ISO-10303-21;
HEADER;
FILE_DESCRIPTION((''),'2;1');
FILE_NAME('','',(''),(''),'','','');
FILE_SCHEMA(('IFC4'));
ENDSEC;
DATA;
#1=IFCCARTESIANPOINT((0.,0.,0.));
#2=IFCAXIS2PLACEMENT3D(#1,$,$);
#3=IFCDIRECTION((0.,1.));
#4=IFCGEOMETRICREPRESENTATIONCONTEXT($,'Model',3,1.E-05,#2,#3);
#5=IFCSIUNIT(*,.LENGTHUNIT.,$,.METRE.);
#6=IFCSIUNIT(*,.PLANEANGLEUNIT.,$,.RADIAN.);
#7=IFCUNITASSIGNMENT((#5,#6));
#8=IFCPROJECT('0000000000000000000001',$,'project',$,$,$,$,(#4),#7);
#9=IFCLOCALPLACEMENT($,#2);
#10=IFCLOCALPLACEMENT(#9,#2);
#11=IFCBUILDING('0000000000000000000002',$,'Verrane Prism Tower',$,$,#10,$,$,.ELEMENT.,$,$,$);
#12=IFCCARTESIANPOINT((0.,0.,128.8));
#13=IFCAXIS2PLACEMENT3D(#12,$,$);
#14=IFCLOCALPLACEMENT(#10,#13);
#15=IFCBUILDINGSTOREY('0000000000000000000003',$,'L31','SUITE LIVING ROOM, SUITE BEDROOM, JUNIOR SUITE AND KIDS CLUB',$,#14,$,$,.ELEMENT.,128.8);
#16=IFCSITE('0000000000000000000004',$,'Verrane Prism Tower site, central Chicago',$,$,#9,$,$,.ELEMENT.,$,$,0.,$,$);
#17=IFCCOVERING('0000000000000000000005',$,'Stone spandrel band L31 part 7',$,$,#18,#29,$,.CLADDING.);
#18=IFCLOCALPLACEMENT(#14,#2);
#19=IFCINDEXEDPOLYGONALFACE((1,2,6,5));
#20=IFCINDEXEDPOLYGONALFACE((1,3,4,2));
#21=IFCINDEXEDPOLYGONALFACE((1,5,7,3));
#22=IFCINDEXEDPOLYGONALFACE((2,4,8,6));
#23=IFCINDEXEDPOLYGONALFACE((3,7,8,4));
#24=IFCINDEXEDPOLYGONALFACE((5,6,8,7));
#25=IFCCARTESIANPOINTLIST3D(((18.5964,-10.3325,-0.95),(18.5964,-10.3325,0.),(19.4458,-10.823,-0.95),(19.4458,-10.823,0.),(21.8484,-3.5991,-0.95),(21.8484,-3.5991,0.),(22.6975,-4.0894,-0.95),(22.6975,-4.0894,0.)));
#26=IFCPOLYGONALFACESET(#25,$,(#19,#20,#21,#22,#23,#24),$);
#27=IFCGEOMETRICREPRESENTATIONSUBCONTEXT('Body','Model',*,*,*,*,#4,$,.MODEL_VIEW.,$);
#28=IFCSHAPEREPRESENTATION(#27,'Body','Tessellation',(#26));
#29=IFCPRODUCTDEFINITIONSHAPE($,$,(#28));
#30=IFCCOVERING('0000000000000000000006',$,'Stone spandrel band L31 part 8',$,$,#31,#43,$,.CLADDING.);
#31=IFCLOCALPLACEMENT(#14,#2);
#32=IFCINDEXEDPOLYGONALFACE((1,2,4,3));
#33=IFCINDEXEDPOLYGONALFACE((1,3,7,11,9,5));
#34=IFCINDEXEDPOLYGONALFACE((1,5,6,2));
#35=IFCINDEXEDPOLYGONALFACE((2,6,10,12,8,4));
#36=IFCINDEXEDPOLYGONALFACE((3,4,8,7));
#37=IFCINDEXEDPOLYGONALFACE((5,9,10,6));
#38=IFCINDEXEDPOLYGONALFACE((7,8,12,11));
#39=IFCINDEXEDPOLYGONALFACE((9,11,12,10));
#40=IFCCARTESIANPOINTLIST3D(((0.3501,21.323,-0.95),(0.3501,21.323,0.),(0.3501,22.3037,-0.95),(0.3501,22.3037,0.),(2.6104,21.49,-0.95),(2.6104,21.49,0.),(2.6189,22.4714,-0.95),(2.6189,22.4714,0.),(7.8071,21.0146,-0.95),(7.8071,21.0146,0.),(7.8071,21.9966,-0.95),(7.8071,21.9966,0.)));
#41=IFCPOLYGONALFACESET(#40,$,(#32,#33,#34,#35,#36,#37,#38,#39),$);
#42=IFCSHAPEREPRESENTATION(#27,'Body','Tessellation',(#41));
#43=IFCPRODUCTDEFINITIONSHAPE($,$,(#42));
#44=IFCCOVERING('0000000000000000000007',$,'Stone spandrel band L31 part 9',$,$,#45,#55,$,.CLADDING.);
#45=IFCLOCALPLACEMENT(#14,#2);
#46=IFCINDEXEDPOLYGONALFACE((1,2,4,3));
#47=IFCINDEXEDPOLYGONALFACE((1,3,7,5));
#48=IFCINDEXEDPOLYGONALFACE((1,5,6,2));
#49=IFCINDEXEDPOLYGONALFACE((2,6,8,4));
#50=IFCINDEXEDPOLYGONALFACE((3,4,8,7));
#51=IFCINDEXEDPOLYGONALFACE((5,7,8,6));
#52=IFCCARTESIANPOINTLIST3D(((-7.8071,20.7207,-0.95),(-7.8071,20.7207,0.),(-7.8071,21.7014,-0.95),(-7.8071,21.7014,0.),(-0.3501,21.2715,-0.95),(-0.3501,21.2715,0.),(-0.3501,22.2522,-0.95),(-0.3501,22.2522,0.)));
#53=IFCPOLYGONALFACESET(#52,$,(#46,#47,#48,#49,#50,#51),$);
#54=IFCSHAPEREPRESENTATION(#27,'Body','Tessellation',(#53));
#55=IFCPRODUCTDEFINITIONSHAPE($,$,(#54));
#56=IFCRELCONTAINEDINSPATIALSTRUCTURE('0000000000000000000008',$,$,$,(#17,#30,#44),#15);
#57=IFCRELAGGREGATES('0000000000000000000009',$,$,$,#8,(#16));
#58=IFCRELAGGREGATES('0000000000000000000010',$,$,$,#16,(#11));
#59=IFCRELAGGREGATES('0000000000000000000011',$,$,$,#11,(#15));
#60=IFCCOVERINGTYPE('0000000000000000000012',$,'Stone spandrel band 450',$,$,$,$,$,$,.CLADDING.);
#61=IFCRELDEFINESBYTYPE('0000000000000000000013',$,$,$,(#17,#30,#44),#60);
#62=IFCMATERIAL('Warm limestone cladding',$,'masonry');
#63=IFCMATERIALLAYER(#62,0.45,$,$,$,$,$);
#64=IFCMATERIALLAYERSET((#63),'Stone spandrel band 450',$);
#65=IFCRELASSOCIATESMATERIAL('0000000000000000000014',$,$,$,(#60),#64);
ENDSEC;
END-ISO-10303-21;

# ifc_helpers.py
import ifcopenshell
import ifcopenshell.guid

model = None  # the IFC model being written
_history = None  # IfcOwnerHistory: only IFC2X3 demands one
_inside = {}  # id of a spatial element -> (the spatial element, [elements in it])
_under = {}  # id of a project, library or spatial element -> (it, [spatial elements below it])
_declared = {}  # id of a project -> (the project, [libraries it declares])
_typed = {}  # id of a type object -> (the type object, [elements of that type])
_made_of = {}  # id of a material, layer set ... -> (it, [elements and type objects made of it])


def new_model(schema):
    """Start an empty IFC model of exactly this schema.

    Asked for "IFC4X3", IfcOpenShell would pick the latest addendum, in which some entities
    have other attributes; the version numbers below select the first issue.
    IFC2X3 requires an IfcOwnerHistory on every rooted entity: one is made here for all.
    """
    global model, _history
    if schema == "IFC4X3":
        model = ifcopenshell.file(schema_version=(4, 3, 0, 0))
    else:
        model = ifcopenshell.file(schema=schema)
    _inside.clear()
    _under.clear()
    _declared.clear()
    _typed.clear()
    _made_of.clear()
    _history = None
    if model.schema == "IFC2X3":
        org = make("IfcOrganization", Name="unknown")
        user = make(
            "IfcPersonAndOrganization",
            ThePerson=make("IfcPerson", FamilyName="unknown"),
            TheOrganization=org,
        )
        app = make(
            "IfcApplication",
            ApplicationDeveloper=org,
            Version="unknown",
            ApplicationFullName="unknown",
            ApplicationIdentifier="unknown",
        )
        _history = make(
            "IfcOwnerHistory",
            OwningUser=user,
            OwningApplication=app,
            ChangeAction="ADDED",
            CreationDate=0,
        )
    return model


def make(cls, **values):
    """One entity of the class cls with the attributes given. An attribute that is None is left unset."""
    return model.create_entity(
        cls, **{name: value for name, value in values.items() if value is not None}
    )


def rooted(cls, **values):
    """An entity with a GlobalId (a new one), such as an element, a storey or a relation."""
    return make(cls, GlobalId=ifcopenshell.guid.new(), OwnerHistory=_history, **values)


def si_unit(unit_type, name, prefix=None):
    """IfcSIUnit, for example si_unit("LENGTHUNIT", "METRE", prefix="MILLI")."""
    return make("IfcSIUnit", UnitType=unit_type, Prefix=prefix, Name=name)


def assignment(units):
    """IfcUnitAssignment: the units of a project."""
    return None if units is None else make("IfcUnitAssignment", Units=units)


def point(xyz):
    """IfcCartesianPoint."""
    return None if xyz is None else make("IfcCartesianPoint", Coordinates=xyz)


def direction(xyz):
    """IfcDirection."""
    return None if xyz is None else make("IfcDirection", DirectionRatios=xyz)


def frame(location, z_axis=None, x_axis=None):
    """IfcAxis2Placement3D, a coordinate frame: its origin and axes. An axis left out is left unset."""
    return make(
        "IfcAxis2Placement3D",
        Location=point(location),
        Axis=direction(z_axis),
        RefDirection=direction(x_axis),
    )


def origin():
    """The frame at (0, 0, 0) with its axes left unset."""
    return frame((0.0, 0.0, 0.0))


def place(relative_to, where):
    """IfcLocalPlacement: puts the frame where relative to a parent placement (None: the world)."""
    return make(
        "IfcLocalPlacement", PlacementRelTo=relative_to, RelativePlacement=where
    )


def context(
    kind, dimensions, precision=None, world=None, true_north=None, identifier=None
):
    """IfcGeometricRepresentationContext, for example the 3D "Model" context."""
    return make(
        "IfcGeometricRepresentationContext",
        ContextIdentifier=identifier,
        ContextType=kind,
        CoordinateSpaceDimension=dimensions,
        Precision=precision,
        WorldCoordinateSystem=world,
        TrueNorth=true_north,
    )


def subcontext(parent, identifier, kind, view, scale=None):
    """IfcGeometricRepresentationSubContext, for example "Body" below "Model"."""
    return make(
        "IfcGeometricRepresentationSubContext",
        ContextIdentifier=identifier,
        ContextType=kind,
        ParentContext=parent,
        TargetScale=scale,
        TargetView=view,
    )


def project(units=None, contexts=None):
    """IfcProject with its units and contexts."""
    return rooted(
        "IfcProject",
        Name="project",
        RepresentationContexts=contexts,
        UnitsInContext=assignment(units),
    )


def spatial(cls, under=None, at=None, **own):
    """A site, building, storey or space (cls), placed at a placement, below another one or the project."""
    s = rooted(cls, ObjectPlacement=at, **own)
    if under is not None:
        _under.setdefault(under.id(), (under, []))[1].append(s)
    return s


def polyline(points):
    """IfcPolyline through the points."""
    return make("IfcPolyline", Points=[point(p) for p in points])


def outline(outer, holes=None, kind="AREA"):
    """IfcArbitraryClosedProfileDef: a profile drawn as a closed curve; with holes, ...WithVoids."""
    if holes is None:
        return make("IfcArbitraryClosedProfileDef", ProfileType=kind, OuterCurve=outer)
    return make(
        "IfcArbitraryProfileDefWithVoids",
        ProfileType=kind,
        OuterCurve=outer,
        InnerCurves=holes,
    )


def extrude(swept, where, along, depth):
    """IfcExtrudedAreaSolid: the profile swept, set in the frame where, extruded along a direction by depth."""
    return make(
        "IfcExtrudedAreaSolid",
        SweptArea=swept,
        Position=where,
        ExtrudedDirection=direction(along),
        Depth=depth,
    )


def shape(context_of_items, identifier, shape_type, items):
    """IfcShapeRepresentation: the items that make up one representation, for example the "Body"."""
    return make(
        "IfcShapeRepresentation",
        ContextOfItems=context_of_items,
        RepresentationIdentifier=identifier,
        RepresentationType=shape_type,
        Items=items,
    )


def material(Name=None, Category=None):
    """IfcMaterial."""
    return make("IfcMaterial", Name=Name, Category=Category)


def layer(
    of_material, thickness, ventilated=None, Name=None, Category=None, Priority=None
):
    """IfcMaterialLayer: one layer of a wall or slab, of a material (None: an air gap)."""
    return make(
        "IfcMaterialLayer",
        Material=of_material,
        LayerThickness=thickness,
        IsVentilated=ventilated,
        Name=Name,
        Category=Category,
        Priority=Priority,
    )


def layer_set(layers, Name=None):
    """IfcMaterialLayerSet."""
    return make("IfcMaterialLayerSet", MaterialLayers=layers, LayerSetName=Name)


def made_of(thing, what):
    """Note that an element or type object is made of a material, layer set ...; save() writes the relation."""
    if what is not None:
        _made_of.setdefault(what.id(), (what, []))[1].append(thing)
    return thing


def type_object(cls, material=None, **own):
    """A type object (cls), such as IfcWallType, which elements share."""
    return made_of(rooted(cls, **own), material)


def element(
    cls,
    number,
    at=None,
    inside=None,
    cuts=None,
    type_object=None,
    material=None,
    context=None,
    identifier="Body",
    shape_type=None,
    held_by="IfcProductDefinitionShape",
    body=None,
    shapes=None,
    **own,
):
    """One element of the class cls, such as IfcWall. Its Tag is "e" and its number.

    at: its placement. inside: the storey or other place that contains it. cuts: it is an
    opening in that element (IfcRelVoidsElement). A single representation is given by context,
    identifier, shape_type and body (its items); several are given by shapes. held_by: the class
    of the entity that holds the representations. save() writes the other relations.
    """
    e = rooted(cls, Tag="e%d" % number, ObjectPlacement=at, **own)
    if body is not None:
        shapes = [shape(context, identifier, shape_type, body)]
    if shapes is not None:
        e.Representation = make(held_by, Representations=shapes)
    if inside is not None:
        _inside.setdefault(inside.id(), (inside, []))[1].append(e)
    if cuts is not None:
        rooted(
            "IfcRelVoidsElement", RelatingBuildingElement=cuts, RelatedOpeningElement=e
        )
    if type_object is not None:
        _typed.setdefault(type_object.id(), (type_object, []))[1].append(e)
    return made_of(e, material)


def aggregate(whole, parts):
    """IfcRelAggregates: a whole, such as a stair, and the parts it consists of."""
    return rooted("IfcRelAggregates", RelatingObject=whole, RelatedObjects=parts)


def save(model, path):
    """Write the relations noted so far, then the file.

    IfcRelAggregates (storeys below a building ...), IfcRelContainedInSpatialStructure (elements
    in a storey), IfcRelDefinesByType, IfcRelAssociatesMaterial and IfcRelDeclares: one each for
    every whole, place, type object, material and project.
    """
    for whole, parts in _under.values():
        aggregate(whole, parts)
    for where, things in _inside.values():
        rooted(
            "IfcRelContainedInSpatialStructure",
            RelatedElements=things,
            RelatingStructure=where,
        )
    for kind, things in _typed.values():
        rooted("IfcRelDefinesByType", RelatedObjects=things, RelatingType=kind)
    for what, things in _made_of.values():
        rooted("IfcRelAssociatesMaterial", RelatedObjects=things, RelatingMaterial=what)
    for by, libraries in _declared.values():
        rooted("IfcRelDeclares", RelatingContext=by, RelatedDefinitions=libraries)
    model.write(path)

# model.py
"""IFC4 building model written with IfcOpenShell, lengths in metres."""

from ifc_helpers import new_model, si_unit, direction, frame, origin, place, context, subcontext, project, spatial, polyline, outline, extrude, material, layer, layer_set, type_object, element, save


model = new_model("IFC4")

# Units and contexts
model_context = context("Model", 3, precision=1e-05, world=origin(), true_north=direction((0.0, 1.0)))
body_context = subcontext(model_context, "Body", "Model", "MODEL_VIEW")
ifc_project = project(units=[si_unit("LENGTHUNIT", "METRE"), si_unit("PLANEANGLEUNIT", "RADIAN")], contexts=[model_context])

# Site, building, storey
site_placement = place(None, origin())
site = spatial("IfcSite", under=ifc_project, at=site_placement, Name="Verrane Prism Tower site, central Chicago", CompositionType="ELEMENT", RefElevation=0.0)
building_placement = place(site_placement, origin())
building = spatial("IfcBuilding", under=site, at=building_placement, Name="Verrane Prism Tower", CompositionType="ELEMENT")
storey_placement = place(building_placement, frame((0.0, 0.0, 128.8)))
storey = spatial("IfcBuildingStorey", under=building, at=storey_placement, Name="L31", Description="SUITE LIVING ROOM, SUITE BEDROOM, JUNIOR SUITE AND KIDS CLUB", CompositionType="ELEMENT", Elevation=128.8)

# Coverings
ifc_material_1 = material(Name="Warm limestone cladding", Category="masonry")
ifc_layer_1 = layer(ifc_material_1, 0.45)
ifc_layer_set_1 = layer_set([ifc_layer_1], Name="Stone spandrel band 450")
covering_type = type_object("IfcCoveringType", Name="Stone spandrel band 450", PredefinedType="CLADDING", material=ifc_layer_set_1)
covering_1_placement = place(storey_placement, frame((0.0, 0.0, -0.95)))
element("IfcCovering", 1, at=covering_1_placement, inside=storey, type_object=covering_type, Name="Stone spandrel band L31 part 7", PredefinedType="CLADDING", context=body_context, shape_type="SweptSolid", body=[
    extrude(outline(polyline([(22.6975, -4.0894), (21.8484, -3.5991), (18.5964, -10.3325), (19.4458, -10.823), (22.6975, -4.0894)])), origin(), (0.0, 0.0, 1.0), 0.95),
])
covering_2_placement = place(storey_placement, frame((0.0, 0.0, -0.95)))
element("IfcCovering", 2, at=covering_2_placement, inside=storey, type_object=covering_type, Name="Stone spandrel band L31 part 8", PredefinedType="CLADDING", context=body_context, shape_type="SweptSolid", body=[
    extrude(outline(polyline([(0.3501, 22.3037), (0.3501, 21.323), (2.6104, 21.49), (7.8071, 21.0146), (7.8071, 21.9966), (2.6189, 22.4714), (0.3501, 22.3037)])), origin(), (0.0, 0.0, 1.0), 0.95),
])
covering_3_placement = place(storey_placement, frame((0.0, 0.0, -0.95)))
element("IfcCovering", 3, at=covering_3_placement, inside=storey, type_object=covering_type, Name="Stone spandrel band L31 part 9", PredefinedType="CLADDING", context=body_context, shape_type="SweptSolid", body=[
    extrude(outline(polyline([(-7.8071, 20.7207), (-0.3501, 21.2715), (-0.3501, 22.2522), (-7.8071, 21.7014), (-7.8071, 20.7207)])), origin(), (0.0, 0.0, 1.0), 0.95),
])

save(model, "model.ifc")
